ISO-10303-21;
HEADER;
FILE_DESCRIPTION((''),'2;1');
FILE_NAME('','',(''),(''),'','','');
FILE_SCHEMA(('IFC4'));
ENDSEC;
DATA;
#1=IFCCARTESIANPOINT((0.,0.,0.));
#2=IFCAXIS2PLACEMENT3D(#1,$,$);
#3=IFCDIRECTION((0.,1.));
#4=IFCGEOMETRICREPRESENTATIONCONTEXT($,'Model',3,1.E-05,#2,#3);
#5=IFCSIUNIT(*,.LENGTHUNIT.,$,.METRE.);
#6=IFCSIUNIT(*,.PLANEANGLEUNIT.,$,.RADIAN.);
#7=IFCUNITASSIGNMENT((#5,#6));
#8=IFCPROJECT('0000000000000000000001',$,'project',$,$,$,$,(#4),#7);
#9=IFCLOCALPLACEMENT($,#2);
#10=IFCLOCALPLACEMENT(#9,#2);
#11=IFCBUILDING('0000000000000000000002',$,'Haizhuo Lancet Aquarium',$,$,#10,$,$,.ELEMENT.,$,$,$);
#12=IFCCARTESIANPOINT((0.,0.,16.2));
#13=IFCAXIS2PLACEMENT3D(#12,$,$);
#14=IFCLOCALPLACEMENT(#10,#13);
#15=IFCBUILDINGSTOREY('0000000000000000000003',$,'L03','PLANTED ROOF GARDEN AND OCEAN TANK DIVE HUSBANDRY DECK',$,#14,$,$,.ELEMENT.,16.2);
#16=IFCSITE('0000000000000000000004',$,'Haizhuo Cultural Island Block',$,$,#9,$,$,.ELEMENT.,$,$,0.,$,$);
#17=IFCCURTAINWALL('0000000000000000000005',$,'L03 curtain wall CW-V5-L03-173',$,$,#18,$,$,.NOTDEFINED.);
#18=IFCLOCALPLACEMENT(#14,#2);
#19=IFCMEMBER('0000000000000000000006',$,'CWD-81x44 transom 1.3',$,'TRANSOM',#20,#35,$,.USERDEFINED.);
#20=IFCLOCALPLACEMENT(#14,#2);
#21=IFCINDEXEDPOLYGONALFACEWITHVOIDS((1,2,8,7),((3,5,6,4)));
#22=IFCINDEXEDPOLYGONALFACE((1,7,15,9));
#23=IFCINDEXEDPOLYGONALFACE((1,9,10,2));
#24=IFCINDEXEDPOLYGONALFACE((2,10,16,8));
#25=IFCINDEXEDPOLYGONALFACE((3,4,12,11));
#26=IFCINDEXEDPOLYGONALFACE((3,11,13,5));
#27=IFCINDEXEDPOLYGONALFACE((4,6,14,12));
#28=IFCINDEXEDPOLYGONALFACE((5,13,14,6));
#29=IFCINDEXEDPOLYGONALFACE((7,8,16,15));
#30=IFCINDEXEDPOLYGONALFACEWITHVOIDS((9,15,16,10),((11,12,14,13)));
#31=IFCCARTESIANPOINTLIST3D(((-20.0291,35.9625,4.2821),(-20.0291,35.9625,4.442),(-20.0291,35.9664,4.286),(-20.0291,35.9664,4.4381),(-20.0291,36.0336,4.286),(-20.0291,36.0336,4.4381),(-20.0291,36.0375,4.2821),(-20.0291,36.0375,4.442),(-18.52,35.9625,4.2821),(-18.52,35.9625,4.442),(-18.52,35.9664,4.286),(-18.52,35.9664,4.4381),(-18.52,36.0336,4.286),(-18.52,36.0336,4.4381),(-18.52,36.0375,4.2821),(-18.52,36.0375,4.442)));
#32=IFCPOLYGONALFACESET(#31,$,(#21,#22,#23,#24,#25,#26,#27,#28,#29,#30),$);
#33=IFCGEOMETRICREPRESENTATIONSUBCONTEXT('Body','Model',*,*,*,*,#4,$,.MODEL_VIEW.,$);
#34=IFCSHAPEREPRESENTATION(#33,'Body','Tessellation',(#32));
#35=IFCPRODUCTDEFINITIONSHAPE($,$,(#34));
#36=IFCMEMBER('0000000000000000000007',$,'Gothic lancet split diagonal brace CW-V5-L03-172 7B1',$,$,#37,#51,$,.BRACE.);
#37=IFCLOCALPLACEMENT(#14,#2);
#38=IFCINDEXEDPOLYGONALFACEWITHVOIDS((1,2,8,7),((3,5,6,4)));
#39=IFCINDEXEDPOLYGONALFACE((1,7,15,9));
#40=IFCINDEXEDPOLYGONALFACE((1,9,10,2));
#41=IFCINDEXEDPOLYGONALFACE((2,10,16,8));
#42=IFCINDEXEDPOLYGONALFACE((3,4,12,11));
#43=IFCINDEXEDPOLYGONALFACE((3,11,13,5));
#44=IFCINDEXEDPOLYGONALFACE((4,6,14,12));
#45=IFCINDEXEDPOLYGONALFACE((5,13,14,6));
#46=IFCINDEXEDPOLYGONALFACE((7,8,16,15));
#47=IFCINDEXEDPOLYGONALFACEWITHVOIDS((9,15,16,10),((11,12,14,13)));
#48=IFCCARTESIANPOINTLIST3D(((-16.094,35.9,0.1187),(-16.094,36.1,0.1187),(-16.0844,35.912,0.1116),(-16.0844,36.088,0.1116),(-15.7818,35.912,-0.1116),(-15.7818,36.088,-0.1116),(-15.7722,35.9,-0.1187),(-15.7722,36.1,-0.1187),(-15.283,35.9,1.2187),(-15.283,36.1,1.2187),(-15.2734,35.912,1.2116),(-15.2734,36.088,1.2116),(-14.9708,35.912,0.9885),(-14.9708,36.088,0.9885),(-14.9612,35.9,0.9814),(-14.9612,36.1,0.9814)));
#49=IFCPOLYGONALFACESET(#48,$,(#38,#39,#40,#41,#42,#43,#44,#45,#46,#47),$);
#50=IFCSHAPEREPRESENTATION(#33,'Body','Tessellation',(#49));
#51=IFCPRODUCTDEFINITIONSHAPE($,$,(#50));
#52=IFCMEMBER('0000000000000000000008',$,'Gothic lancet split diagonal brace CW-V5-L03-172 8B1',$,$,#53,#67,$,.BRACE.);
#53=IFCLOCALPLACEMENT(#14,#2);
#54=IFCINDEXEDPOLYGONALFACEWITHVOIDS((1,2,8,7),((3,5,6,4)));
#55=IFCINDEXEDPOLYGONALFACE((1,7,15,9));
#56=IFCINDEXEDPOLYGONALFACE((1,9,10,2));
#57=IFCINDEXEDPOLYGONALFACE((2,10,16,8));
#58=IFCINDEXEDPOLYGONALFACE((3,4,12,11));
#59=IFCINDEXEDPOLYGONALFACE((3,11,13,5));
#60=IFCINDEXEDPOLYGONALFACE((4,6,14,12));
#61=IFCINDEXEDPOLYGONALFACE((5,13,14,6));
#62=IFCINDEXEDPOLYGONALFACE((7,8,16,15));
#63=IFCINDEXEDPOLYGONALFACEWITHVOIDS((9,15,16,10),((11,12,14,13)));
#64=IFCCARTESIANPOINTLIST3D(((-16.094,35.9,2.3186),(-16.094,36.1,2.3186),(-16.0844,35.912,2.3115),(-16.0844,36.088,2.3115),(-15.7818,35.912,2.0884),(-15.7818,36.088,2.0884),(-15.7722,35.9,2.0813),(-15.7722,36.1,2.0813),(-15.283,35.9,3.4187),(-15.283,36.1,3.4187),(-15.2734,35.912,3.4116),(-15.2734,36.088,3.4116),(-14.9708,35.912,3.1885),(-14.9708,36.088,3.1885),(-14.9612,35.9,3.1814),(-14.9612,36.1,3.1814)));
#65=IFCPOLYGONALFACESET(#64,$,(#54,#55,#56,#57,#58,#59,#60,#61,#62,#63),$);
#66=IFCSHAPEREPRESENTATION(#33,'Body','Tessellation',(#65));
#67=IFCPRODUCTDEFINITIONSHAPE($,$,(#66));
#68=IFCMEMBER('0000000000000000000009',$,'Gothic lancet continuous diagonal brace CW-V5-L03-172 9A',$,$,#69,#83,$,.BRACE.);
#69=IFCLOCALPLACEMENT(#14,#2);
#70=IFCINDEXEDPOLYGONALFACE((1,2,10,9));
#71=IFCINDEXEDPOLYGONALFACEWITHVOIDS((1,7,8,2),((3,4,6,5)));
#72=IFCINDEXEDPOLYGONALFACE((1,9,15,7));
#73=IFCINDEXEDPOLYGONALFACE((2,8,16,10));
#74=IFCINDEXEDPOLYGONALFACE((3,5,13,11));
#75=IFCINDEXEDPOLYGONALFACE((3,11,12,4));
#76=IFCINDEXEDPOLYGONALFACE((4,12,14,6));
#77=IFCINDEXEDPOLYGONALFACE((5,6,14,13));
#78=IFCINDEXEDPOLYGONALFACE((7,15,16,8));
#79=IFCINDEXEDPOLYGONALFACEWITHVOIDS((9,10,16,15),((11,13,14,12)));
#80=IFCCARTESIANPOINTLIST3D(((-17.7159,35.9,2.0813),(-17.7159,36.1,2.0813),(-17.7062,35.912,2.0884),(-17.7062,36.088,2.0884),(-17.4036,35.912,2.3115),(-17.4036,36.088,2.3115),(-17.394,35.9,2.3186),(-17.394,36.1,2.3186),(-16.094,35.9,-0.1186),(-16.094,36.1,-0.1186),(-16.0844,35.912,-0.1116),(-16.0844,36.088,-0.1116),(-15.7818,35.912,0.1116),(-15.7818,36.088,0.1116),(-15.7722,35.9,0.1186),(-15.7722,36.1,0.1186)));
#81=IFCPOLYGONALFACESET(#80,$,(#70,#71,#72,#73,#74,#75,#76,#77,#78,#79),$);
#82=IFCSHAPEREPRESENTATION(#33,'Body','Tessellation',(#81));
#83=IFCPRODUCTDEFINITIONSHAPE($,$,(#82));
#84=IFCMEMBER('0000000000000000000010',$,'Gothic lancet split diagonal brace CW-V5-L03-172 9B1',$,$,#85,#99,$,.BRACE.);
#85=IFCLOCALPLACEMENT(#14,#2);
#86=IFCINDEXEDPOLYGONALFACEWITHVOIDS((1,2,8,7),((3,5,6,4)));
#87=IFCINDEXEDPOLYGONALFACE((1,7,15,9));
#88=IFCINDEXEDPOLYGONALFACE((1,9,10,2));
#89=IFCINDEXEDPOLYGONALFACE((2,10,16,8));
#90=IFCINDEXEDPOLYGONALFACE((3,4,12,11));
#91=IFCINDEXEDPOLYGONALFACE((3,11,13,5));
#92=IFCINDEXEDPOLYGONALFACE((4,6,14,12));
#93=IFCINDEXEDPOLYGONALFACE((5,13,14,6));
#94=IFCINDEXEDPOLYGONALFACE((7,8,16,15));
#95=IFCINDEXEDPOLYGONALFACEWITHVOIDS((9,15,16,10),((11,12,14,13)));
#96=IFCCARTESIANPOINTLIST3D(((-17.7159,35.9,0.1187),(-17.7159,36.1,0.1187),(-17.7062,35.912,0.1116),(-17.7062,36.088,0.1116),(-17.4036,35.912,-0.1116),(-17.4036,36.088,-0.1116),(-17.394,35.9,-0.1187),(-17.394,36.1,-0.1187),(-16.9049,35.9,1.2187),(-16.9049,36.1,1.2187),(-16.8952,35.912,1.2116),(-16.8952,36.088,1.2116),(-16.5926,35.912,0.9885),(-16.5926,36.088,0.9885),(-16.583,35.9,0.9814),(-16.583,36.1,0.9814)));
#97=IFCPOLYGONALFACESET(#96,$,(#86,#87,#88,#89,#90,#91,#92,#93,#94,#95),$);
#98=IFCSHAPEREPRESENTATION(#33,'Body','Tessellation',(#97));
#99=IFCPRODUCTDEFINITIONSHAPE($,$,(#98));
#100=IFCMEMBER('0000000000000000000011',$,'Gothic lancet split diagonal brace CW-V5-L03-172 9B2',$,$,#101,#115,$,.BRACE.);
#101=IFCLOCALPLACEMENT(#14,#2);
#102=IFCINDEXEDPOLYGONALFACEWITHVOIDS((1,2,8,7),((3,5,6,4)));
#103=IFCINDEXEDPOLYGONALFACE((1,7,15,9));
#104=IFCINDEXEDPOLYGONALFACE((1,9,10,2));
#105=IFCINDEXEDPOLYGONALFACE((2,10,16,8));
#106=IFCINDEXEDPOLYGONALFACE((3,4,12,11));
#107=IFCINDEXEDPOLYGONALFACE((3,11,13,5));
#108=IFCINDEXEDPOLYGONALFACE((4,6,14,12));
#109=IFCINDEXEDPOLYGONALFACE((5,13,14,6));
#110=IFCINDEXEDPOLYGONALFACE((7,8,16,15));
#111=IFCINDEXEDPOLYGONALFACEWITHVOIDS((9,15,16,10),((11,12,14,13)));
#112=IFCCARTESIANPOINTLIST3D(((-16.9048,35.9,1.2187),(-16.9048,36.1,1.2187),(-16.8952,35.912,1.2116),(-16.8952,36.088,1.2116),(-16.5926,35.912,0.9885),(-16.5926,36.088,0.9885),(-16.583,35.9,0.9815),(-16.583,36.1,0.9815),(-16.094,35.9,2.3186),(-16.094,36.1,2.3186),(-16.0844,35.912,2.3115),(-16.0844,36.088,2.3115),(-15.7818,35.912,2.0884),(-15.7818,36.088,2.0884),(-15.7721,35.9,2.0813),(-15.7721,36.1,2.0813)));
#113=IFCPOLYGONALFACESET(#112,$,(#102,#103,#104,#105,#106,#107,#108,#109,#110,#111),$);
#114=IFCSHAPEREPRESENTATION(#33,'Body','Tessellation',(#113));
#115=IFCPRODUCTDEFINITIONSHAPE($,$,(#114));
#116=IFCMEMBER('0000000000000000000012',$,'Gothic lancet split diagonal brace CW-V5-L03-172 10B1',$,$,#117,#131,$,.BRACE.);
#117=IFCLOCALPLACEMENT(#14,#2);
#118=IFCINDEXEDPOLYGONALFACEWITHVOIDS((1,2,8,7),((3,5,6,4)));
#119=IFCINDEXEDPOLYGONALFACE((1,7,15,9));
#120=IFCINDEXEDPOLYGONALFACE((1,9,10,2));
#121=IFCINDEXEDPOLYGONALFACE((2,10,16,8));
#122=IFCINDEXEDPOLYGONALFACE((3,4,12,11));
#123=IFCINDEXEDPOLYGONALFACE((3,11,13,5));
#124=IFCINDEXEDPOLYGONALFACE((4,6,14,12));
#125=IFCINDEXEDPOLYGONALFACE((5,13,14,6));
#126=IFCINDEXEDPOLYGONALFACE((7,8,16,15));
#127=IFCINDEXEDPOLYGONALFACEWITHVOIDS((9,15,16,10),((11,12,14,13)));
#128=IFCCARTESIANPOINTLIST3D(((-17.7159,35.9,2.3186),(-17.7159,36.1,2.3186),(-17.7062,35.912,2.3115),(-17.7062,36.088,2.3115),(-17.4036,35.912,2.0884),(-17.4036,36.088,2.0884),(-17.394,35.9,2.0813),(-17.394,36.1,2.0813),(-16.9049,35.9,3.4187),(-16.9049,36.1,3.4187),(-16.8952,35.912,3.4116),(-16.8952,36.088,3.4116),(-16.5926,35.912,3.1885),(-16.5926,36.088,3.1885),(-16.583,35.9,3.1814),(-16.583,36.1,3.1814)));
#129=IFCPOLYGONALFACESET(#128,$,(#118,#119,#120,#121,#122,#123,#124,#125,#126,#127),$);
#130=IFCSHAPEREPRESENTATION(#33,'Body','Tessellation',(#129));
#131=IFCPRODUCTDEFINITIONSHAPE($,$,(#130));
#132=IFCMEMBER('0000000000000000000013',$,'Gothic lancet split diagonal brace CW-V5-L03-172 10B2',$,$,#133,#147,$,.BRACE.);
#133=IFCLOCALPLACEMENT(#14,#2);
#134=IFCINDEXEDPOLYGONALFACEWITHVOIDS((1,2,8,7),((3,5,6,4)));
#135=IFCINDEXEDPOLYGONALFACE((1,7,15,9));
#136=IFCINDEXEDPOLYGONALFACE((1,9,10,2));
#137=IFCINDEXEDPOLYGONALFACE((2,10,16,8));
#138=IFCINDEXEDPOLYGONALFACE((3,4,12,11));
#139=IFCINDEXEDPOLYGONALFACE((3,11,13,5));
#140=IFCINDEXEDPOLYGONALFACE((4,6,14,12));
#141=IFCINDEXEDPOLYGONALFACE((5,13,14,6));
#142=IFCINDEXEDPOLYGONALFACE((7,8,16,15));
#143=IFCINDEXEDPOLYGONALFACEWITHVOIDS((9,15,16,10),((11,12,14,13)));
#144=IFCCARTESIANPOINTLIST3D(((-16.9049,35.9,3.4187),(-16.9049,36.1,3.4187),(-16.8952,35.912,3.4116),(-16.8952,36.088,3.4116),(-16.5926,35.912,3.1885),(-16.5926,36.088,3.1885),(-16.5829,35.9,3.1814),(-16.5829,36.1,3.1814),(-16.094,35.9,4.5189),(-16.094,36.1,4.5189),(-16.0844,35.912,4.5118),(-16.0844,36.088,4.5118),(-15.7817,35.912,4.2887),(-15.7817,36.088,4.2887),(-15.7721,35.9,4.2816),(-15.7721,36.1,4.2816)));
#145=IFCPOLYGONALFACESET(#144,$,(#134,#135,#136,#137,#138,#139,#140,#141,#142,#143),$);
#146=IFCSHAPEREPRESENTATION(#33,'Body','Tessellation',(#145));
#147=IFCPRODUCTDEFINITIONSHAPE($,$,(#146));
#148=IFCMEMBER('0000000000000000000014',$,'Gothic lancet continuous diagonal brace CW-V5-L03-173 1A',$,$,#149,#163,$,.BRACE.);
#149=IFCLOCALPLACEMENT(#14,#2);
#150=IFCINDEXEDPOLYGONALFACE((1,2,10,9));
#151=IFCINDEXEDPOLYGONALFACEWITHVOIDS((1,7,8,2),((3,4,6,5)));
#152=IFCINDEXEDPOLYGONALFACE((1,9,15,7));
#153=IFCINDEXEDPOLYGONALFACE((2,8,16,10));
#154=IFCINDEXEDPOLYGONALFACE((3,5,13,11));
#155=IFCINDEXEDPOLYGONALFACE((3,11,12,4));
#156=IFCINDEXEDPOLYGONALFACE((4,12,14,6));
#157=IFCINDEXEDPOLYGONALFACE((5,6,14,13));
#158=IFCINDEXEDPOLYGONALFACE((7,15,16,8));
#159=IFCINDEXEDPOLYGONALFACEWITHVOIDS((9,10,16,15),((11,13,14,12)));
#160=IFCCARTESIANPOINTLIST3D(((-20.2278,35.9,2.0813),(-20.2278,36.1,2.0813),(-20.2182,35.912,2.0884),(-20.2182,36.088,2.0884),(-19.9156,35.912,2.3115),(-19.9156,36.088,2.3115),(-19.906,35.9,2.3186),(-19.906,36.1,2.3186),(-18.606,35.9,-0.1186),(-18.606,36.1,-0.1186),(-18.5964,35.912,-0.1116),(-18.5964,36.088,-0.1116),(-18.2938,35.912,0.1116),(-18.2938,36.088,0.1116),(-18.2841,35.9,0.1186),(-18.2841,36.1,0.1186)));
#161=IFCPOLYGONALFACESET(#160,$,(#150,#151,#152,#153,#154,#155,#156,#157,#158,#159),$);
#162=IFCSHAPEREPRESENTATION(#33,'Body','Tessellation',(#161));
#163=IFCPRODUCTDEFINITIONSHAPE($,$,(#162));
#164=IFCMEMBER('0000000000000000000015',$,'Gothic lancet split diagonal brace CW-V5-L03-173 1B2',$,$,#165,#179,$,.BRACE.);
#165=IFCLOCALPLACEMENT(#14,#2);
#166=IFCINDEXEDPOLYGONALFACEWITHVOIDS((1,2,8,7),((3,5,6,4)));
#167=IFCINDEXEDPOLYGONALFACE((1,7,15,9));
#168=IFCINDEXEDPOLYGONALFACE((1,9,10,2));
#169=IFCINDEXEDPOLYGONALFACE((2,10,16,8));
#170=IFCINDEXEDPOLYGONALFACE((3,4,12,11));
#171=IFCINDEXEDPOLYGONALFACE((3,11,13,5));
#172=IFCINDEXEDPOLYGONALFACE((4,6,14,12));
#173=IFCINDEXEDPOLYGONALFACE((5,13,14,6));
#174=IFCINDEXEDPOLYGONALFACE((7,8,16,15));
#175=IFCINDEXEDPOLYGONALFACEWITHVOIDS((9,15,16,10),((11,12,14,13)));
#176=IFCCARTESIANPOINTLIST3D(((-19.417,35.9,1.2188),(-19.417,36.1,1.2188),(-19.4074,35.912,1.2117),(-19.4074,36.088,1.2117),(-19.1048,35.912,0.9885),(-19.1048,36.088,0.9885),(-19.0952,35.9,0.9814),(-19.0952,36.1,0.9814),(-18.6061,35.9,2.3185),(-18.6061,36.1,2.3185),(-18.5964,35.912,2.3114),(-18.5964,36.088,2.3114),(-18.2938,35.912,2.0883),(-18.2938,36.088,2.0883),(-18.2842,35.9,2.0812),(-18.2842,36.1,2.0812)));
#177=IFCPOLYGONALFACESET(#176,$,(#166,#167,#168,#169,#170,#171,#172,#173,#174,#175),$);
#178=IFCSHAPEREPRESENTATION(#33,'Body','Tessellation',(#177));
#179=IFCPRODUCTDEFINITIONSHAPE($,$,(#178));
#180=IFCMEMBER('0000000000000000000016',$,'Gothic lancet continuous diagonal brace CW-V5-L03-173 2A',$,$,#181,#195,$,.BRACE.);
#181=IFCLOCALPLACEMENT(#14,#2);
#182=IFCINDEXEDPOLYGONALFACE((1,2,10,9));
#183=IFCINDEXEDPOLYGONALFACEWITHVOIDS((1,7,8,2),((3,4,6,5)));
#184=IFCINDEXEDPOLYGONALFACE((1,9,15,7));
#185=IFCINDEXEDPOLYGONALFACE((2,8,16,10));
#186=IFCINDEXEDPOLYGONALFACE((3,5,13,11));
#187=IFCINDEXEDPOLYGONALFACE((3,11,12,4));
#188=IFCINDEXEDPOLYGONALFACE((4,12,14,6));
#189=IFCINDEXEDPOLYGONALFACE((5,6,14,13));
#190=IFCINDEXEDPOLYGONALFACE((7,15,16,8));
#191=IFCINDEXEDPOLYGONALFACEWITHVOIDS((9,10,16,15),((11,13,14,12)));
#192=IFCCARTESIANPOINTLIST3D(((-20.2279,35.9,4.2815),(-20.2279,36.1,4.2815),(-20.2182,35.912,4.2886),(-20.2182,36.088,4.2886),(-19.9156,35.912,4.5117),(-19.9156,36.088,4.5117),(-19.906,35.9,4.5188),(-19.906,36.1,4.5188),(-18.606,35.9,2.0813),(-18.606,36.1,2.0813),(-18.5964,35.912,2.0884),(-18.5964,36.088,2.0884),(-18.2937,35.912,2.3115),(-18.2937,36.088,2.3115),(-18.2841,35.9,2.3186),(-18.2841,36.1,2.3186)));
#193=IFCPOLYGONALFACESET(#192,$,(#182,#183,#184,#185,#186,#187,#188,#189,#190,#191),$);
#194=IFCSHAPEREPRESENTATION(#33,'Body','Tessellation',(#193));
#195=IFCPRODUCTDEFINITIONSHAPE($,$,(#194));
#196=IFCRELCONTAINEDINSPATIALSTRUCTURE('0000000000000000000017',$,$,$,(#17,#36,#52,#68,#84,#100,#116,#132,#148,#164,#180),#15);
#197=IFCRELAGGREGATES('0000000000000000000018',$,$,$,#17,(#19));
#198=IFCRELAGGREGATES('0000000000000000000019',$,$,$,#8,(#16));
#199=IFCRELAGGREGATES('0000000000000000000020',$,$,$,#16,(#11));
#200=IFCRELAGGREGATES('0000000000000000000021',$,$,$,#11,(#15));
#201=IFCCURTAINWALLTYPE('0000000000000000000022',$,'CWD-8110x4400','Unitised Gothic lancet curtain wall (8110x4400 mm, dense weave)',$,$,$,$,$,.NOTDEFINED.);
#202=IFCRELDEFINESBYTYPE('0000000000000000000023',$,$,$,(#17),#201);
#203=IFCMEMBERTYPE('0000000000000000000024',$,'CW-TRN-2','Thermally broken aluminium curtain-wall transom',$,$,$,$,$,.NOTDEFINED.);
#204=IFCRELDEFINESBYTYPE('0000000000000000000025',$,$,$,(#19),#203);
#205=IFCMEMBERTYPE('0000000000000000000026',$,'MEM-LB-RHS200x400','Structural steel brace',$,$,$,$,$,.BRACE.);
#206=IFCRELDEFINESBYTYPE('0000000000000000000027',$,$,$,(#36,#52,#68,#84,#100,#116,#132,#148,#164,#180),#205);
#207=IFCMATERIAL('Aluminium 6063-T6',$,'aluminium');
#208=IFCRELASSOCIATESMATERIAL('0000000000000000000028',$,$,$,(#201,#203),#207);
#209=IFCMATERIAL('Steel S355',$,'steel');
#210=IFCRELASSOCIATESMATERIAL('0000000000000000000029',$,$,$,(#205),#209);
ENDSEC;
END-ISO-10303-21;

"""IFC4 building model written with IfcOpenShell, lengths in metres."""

from ifc_helpers import new_model, si_unit, direction, frame, origin, origin_2d, place, context, subcontext, project, spatial, hollow_rectangle, extrude, material, material_profile, profile_set, type_object, element, aggregate, save


model = new_model("IFC4")

# Units and contexts
model_context = context("Model", 3, precision=1e-05, world=origin(), true_north=direction((0.0, 1.0)))
body_context = subcontext(model_context, "Body", "Model", "MODEL_VIEW")
ifc_project = project(units=[si_unit("LENGTHUNIT", "METRE"), si_unit("PLANEANGLEUNIT", "RADIAN")], contexts=[model_context])

# Site, building, storey
site_placement = place(None, origin())
site = spatial("IfcSite", under=ifc_project, at=site_placement, Name="Haizhuo Cultural Island Block", CompositionType="ELEMENT", RefElevation=0.0)
building_placement = place(site_placement, origin())
building = spatial("IfcBuilding", under=site, at=building_placement, Name="Haizhuo Lancet Aquarium", CompositionType="ELEMENT")
storey_placement = place(building_placement, frame((0.0, 0.0, 16.2)))
storey = spatial("IfcBuildingStorey", under=building, at=storey_placement, Name="L03", Description="PLANTED ROOF GARDEN AND OCEAN TANK DIVE HUSBANDRY DECK", CompositionType="ELEMENT", Elevation=16.2)

# Shared definitions
ifc_material_1 = material(Name="Aluminium 6063-T6", Category="aluminium")
curtain_wall_type = type_object("IfcCurtainWallType", Name="CWD-8110x4400", Description="Unitised Gothic lancet curtain wall (8110x4400 mm, dense weave)", PredefinedType="NOTDEFINED", material=ifc_material_1)

# Curtain wall
curtain_wall_1_placement = place(storey_placement, origin())
curtain_wall_1 = element("IfcCurtainWall", 1, at=curtain_wall_1_placement, inside=storey, type_object=curtain_wall_type, Name="L03 curtain wall CW-V5-L03-173", PredefinedType="NOTDEFINED")

# Member
ifc_material_profile_1 = material_profile(ifc_material_1, hollow_rectangle(XDim=0.075, YDim=0.1599, WallThickness=0.0039, at=origin_2d()), Name="ALU-T 75x160x4")
ifc_profile_set_1 = profile_set([ifc_material_profile_1], Name="Aluminium 6063-T6")
member_type_1 = type_object("IfcMemberType", Name="CW-TRN-2", Description="Thermally broken aluminium curtain-wall transom", PredefinedType="NOTDEFINED", material=ifc_profile_set_1)
member_1_placement = place(storey_placement, frame((-18.52, 36.0, 4.3621), z_axis=(-1.0, 0.0, 0.0), x_axis=(0.0, -1.0, 0.0)))
member_1 = element("IfcMember", 2, at=member_1_placement, type_object=member_type_1, Name="CWD-81x44 transom 1.3", ObjectType="TRANSOM", PredefinedType="USERDEFINED", context=body_context, shape_type="SweptSolid", body=[
    extrude(hollow_rectangle(XDim=0.075, YDim=0.1599, WallThickness=0.0039, at=origin_2d()), origin(), (0.0, 0.0, 1.0), 1.509),
])

# Members
ifc_material_2 = material(Name="Steel S355", Category="steel")
ifc_material_profile_2 = material_profile(ifc_material_2, hollow_rectangle(XDim=0.2, YDim=0.3999, WallThickness=0.012, at=origin_2d()), Name="RHS 200x400x12")
ifc_profile_set_2 = profile_set([ifc_material_profile_2], Name="Steel S355")
member_type_2 = type_object("IfcMemberType", Name="MEM-LB-RHS200x400", Description="Structural steel brace", PredefinedType="BRACE", material=ifc_profile_set_2)
for number, where, z_axis, x_axis, name in (
    (3, (-15.9331, 36.0, 0.0), (0.593406, 0.0, 0.804903), (0.0, 1.0, 0.0), "Gothic lancet split diagonal brace CW-V5-L03-172 7B1"),
    (4, (-15.9331, 36.0, 2.2), (0.593406, 0.0, 0.804903), (0.0, 1.0, 0.0), "Gothic lancet split diagonal brace CW-V5-L03-172 8B1"),
):
    element("IfcMember", number, at=place(storey_placement, frame(where, z_axis=z_axis, x_axis=x_axis)), inside=storey, type_object=member_type_2, Name=name, PredefinedType="BRACE", context=body_context, shape_type="SweptSolid", body=[
        extrude(hollow_rectangle(XDim=0.2, YDim=0.3999, WallThickness=0.012, at=origin_2d()), origin(), (0.0, 0.0, 1.0), 1.3667),
    ])
member_2_placement = place(storey_placement, frame((-15.9331, 36.0, 0.0), z_axis=(-0.593391, 0.0, 0.804914), x_axis=(0.0, -1.0, 0.0)))
element("IfcMember", 5, at=member_2_placement, inside=storey, type_object=member_type_2, Name="Gothic lancet continuous diagonal brace CW-V5-L03-172 9A", PredefinedType="BRACE", context=body_context, shape_type="SweptSolid", body=[
    extrude(hollow_rectangle(XDim=0.2, YDim=0.3999, WallThickness=0.012, at=origin_2d()), origin(), (0.0, 0.0, 1.0), 2.7332),
])
member_3_placement = place(storey_placement, frame((-17.5549, 36.0, 0.0), z_axis=(0.593406, 0.0, 0.804903), x_axis=(0.0, 1.0, 0.0)))
element("IfcMember", 6, at=member_3_placement, inside=storey, type_object=member_type_2, Name="Gothic lancet split diagonal brace CW-V5-L03-172 9B1", PredefinedType="BRACE", context=body_context, shape_type="SweptSolid", body=[
    extrude(hollow_rectangle(XDim=0.2, YDim=0.3999, WallThickness=0.012, at=origin_2d()), origin(), (0.0, 0.0, 1.0), 1.3667),
])
member_4_placement = place(storey_placement, frame((-16.7439, 36.0, 1.1001), z_axis=(0.593376, 0.0, 0.804926), x_axis=(0.0, 1.0, 0.0)))
element("IfcMember", 7, at=member_4_placement, inside=storey, type_object=member_type_2, Name="Gothic lancet split diagonal brace CW-V5-L03-172 9B2", PredefinedType="BRACE", context=body_context, shape_type="SweptSolid", body=[
    extrude(hollow_rectangle(XDim=0.2, YDim=0.3999, WallThickness=0.012, at=origin_2d()), origin(), (0.0, 0.0, 1.0), 1.3665),
])
for number, where, z_axis, x_axis, name in (
    (8, (-17.5549, 36.0, 2.2), (0.593406, 0.0, 0.804903), (0.0, 1.0, 0.0), "Gothic lancet split diagonal brace CW-V5-L03-172 10B1"),
    (9, (-16.7439, 36.0, 3.3), (0.59329, 0.0, 0.804988), (0.0, 1.0, 0.0), "Gothic lancet split diagonal brace CW-V5-L03-172 10B2"),
):
    element("IfcMember", number, at=place(storey_placement, frame(where, z_axis=z_axis, x_axis=x_axis)), inside=storey, type_object=member_type_2, Name=name, PredefinedType="BRACE", context=body_context, shape_type="SweptSolid", body=[
        extrude(hollow_rectangle(XDim=0.2, YDim=0.3999, WallThickness=0.012, at=origin_2d()), origin(), (0.0, 0.0, 1.0), 1.3667),
    ])
member_5_placement = place(storey_placement, frame((-18.4451, 36.0, 0.0), z_axis=(-0.593391, 0.0, 0.804914), x_axis=(0.0, -1.0, 0.0)))
element("IfcMember", 10, at=member_5_placement, inside=storey, type_object=member_type_2, Name="Gothic lancet continuous diagonal brace CW-V5-L03-173 1A", PredefinedType="BRACE", context=body_context, shape_type="SweptSolid", body=[
    extrude(hollow_rectangle(XDim=0.2, YDim=0.3999, WallThickness=0.012, at=origin_2d()), origin(), (0.0, 0.0, 1.0), 2.7332),
])
member_6_placement = place(storey_placement, frame((-19.2561, 36.0, 1.1001), z_axis=(0.593492, 0.0, 0.80484), x_axis=(0.0, 1.0, 0.0)))
element("IfcMember", 11, at=member_6_placement, inside=storey, type_object=member_type_2, Name="Gothic lancet split diagonal brace CW-V5-L03-173 1B2", PredefinedType="BRACE", context=body_context, shape_type="SweptSolid", body=[
    extrude(hollow_rectangle(XDim=0.2, YDim=0.3999, WallThickness=0.012, at=origin_2d()), origin(), (0.0, 0.0, 1.0), 1.3665),
])
member_7_placement = place(storey_placement, frame((-18.4451, 36.0, 2.2), z_axis=(-0.593348, 0.0, 0.804946), x_axis=(0.0, -1.0, 0.0)))
element("IfcMember", 12, at=member_7_placement, inside=storey, type_object=member_type_2, Name="Gothic lancet continuous diagonal brace CW-V5-L03-173 2A", PredefinedType="BRACE", context=body_context, shape_type="SweptSolid", body=[
    extrude(hollow_rectangle(XDim=0.2, YDim=0.3999, WallThickness=0.012, at=origin_2d()), origin(), (0.0, 0.0, 1.0), 2.7334),
])

aggregate(curtain_wall_1, [member_1])

save(model, "model.ifc")
